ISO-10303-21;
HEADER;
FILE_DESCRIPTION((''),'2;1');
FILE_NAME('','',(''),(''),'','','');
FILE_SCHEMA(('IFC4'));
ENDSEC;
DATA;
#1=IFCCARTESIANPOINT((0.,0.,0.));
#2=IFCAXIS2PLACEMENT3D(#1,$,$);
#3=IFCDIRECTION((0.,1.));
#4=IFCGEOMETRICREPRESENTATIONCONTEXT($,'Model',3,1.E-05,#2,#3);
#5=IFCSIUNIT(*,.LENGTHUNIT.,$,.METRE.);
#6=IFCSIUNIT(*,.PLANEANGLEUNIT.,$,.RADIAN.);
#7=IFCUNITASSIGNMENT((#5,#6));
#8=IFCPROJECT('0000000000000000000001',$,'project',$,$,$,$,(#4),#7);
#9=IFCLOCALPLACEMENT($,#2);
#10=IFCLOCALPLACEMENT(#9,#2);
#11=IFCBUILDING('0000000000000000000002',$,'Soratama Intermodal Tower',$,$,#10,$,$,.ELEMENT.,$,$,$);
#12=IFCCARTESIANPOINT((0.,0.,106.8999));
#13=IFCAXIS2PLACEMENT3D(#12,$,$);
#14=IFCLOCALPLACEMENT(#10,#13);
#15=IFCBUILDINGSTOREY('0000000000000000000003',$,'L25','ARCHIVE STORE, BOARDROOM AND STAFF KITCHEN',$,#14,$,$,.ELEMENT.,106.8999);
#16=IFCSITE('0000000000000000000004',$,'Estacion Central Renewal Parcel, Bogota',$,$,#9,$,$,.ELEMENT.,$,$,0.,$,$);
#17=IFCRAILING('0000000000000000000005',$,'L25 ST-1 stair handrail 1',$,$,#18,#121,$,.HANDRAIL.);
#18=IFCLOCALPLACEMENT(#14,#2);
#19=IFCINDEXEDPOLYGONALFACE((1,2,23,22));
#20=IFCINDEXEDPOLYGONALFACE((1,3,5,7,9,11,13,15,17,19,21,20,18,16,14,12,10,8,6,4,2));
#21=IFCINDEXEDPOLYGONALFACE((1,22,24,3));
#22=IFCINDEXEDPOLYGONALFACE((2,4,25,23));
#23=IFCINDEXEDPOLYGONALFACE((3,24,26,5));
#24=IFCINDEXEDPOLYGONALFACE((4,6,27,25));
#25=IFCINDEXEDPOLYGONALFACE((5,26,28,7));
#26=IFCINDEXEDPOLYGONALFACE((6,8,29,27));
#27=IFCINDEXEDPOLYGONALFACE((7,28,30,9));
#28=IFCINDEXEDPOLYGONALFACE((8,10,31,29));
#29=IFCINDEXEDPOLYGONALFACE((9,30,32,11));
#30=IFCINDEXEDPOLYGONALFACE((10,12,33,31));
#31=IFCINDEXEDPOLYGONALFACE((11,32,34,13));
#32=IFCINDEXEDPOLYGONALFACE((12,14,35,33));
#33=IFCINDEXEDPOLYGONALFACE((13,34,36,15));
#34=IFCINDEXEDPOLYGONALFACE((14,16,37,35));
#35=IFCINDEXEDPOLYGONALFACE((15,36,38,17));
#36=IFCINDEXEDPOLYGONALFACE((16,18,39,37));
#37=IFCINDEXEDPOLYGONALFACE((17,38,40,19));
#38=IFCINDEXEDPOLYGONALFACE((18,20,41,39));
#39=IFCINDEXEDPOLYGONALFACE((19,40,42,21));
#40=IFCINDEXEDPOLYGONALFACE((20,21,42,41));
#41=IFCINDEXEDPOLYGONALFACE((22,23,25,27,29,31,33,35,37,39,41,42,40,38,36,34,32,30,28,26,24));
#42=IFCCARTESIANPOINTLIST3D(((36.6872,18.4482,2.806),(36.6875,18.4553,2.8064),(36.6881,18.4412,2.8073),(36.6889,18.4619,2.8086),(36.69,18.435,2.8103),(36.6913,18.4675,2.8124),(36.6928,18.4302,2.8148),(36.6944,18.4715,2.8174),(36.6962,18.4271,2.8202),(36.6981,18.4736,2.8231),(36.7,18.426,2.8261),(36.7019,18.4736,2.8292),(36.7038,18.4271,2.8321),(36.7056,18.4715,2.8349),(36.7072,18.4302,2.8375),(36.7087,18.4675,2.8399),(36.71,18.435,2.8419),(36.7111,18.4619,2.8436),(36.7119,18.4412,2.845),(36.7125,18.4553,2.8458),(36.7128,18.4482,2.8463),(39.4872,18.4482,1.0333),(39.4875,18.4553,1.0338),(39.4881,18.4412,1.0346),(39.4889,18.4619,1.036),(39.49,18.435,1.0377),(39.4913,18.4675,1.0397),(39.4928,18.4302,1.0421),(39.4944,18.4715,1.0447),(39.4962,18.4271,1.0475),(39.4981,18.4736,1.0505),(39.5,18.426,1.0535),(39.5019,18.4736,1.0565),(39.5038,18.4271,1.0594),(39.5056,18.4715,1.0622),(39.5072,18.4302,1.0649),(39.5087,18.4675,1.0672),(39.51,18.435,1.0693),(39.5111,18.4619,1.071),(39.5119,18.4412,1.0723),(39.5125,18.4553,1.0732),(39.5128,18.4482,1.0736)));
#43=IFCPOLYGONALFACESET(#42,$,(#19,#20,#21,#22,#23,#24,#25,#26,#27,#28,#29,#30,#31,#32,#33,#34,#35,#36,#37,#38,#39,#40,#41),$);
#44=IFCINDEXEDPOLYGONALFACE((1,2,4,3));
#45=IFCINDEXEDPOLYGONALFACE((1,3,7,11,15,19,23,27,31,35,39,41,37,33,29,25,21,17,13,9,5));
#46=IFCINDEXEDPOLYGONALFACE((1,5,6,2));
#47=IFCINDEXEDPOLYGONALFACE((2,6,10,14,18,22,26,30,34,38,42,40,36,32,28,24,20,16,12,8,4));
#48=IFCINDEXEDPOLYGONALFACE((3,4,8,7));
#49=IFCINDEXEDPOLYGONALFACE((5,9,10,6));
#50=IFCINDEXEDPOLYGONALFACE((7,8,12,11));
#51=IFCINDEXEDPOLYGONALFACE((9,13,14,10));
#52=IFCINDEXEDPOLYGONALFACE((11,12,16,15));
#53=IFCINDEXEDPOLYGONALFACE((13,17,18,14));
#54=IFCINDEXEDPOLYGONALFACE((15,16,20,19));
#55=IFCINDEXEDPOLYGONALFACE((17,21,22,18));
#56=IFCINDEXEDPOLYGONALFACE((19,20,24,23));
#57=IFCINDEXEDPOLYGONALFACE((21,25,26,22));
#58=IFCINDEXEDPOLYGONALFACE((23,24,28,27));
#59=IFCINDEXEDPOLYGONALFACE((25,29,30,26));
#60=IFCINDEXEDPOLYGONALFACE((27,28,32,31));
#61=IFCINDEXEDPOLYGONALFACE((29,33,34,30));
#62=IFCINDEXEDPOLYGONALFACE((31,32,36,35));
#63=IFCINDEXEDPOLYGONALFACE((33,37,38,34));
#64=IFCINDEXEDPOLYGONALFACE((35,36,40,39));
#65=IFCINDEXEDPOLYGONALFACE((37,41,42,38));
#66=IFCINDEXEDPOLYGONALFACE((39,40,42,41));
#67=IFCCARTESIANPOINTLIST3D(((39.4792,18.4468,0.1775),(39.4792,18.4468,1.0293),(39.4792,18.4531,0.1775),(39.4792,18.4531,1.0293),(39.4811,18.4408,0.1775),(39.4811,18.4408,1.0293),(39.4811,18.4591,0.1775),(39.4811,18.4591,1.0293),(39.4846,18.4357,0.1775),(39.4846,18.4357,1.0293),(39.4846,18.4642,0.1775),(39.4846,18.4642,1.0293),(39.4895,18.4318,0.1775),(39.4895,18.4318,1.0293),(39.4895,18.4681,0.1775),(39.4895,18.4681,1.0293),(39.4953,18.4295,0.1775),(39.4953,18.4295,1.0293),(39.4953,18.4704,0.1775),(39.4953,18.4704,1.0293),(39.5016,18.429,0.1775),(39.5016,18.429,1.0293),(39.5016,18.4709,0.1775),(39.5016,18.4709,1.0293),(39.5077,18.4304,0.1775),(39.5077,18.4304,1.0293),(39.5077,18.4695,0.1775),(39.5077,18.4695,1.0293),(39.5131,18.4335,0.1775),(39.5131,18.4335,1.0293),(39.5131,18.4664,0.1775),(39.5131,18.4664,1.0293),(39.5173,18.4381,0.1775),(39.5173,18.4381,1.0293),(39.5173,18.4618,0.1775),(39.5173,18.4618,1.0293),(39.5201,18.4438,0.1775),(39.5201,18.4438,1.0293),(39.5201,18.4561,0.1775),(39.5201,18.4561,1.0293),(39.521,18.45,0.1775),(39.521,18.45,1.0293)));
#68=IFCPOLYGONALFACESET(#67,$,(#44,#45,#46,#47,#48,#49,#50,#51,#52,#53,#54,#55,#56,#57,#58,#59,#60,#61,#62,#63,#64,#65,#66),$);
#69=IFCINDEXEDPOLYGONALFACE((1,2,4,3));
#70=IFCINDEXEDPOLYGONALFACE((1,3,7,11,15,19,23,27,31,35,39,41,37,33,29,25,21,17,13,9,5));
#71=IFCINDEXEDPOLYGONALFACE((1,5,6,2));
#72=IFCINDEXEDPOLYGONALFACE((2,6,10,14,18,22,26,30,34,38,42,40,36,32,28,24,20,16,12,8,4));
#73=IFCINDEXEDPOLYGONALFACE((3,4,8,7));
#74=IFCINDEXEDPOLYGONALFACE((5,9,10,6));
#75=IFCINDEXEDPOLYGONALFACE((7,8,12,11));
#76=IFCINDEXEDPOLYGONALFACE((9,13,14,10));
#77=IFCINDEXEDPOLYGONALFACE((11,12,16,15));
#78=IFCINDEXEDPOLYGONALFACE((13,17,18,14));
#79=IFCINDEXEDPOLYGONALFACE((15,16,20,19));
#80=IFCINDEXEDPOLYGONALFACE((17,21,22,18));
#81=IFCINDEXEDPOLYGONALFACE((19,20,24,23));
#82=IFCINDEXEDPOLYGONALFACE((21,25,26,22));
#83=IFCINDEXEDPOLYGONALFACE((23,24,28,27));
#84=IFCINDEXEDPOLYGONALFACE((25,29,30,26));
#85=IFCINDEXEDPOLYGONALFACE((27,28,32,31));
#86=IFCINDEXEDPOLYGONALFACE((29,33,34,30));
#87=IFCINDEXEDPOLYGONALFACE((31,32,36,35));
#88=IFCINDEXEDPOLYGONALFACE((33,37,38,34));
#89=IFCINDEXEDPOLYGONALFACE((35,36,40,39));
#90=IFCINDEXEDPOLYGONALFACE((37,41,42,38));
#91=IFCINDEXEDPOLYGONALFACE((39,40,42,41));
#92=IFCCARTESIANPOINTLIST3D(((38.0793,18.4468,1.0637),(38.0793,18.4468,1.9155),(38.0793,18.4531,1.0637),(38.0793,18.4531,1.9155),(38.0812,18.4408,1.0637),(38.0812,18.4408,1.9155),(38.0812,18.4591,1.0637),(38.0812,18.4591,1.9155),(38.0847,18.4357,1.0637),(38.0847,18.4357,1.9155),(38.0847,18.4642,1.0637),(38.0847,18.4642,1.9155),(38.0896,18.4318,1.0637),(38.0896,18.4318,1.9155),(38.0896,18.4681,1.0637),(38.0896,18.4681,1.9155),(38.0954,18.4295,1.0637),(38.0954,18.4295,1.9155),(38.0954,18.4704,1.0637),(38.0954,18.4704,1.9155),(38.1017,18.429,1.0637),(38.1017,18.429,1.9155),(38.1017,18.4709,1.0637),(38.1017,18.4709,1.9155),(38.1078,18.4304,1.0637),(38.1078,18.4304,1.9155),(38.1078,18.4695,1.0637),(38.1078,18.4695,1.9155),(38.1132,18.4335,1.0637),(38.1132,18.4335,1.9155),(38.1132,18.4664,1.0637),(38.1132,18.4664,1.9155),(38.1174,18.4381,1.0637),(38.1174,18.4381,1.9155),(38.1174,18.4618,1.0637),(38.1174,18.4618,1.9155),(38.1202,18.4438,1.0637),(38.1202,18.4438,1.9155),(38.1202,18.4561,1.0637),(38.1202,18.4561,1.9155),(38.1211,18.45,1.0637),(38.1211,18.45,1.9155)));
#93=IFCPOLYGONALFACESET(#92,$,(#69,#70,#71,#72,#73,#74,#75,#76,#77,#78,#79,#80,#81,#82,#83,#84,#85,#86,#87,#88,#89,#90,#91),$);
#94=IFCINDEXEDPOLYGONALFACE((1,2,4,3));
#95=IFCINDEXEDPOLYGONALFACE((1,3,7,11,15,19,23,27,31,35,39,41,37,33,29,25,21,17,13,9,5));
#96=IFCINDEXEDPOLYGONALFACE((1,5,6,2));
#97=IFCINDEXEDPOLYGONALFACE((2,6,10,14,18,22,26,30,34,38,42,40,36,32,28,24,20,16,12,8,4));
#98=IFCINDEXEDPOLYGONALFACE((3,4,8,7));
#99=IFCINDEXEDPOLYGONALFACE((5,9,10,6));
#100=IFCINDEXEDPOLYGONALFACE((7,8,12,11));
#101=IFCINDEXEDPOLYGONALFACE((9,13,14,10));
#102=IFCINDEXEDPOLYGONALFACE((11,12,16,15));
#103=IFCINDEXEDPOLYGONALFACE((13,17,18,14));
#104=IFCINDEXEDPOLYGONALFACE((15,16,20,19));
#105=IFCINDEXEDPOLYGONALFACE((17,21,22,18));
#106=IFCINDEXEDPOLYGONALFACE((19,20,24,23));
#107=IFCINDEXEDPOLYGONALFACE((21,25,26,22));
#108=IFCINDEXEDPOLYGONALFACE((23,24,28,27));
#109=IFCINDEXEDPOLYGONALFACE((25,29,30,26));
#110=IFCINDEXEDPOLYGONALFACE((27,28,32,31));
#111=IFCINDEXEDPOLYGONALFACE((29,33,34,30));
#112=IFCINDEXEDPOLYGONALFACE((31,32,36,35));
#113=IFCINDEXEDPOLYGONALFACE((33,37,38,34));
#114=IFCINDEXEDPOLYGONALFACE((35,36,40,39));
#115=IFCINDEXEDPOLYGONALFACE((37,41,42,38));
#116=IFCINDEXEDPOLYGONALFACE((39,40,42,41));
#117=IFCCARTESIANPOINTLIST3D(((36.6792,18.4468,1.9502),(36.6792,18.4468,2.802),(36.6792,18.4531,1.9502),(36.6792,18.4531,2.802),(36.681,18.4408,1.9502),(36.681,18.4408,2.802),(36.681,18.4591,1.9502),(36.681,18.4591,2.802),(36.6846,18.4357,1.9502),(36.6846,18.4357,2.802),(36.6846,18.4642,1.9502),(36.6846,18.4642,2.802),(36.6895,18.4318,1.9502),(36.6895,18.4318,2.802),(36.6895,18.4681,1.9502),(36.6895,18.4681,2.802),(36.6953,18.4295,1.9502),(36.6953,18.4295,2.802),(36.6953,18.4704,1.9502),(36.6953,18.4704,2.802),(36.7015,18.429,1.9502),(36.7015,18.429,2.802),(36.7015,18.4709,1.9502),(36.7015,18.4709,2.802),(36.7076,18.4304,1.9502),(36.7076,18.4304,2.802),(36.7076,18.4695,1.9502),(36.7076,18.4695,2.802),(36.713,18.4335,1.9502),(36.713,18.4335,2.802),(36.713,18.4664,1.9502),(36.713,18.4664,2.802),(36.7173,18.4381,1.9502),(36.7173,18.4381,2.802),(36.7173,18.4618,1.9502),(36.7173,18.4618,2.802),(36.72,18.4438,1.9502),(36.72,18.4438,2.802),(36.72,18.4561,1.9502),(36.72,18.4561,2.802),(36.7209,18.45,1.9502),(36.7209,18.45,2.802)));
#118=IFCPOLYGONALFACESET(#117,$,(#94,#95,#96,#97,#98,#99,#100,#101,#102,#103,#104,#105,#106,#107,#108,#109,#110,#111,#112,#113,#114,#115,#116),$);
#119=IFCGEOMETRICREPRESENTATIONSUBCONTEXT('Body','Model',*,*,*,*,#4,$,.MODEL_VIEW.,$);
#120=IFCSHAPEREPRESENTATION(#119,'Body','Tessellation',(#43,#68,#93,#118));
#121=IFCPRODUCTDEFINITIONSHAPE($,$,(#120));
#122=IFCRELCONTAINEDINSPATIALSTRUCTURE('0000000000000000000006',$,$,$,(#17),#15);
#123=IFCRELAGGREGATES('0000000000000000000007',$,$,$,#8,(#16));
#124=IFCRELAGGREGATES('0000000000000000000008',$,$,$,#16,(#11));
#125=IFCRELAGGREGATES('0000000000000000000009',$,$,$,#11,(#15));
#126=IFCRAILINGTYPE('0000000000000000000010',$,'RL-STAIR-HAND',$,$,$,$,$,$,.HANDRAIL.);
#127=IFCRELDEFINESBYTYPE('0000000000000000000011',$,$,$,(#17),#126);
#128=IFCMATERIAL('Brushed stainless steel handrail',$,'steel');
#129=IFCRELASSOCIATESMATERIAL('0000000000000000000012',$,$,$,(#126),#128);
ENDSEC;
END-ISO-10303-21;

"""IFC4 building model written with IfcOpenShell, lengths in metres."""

from ifc_helpers import new_model, si_unit, direction, frame, origin, origin_2d, place, context, subcontext, project, spatial, circle, extrude, material, type_object, element, save


model = new_model("IFC4")

# Units and contexts
model_context = context("Model", 3, precision=1e-05, world=origin(), true_north=direction((0.0, 1.0)))
body_context = subcontext(model_context, "Body", "Model", "MODEL_VIEW")
ifc_project = project(units=[si_unit("LENGTHUNIT", "METRE"), si_unit("PLANEANGLEUNIT", "RADIAN")], contexts=[model_context])

# Site, building, storey
site_placement = place(None, origin())
site = spatial("IfcSite", under=ifc_project, at=site_placement, Name="Estacion Central Renewal Parcel, Bogota", CompositionType="ELEMENT", RefElevation=0.0)
building_placement = place(site_placement, origin())
building = spatial("IfcBuilding", under=site, at=building_placement, Name="Soratama Intermodal Tower", CompositionType="ELEMENT")
storey_placement = place(building_placement, frame((0.0, 0.0, 106.8999)))
storey = spatial("IfcBuildingStorey", under=building, at=storey_placement, Name="L25", Description="ARCHIVE STORE, BOARDROOM AND STAFF KITCHEN", CompositionType="ELEMENT", Elevation=106.8999)

# Railing
ifc_material_1 = material(Name="Brushed stainless steel handrail", Category="steel")
railing_type_1 = type_object("IfcRailingType", Name="RL-STAIR-HAND", PredefinedType="HANDRAIL", material=ifc_material_1)
railing_1_placement = place(storey_placement, frame((39.5, 18.45, 0.1775)))
element("IfcRailing", 1, at=railing_1_placement, inside=storey, type_object=railing_type_1, Name="L25 ST-1 stair handrail 1", PredefinedType="HANDRAIL", context=body_context, shape_type="SweptSolid", body=[
    extrude(circle(Radius=0.0239, at=origin_2d()), frame((0.0, 0.0, 0.876), z_axis=(-0.844909, 0.0, 0.53491), x_axis=(0.0, -1.0, 0.0)), (0.0, 0.0, 1.0), 3.314),
    extrude(circle(Radius=0.021, at=origin_2d()), origin(), (0.0, 0.0, 1.0), 0.8518),
    extrude(circle(Radius=0.021, at=origin_2d()), frame((-1.3999, 0.0, 0.8862)), (0.0, 0.0, 1.0), 0.8518),
    extrude(circle(Radius=0.021, at=origin_2d()), frame((-2.8, 0.0, 1.7727)), (0.0, 0.0, 1.0), 0.8518),
])

save(model, "model.ifc")
